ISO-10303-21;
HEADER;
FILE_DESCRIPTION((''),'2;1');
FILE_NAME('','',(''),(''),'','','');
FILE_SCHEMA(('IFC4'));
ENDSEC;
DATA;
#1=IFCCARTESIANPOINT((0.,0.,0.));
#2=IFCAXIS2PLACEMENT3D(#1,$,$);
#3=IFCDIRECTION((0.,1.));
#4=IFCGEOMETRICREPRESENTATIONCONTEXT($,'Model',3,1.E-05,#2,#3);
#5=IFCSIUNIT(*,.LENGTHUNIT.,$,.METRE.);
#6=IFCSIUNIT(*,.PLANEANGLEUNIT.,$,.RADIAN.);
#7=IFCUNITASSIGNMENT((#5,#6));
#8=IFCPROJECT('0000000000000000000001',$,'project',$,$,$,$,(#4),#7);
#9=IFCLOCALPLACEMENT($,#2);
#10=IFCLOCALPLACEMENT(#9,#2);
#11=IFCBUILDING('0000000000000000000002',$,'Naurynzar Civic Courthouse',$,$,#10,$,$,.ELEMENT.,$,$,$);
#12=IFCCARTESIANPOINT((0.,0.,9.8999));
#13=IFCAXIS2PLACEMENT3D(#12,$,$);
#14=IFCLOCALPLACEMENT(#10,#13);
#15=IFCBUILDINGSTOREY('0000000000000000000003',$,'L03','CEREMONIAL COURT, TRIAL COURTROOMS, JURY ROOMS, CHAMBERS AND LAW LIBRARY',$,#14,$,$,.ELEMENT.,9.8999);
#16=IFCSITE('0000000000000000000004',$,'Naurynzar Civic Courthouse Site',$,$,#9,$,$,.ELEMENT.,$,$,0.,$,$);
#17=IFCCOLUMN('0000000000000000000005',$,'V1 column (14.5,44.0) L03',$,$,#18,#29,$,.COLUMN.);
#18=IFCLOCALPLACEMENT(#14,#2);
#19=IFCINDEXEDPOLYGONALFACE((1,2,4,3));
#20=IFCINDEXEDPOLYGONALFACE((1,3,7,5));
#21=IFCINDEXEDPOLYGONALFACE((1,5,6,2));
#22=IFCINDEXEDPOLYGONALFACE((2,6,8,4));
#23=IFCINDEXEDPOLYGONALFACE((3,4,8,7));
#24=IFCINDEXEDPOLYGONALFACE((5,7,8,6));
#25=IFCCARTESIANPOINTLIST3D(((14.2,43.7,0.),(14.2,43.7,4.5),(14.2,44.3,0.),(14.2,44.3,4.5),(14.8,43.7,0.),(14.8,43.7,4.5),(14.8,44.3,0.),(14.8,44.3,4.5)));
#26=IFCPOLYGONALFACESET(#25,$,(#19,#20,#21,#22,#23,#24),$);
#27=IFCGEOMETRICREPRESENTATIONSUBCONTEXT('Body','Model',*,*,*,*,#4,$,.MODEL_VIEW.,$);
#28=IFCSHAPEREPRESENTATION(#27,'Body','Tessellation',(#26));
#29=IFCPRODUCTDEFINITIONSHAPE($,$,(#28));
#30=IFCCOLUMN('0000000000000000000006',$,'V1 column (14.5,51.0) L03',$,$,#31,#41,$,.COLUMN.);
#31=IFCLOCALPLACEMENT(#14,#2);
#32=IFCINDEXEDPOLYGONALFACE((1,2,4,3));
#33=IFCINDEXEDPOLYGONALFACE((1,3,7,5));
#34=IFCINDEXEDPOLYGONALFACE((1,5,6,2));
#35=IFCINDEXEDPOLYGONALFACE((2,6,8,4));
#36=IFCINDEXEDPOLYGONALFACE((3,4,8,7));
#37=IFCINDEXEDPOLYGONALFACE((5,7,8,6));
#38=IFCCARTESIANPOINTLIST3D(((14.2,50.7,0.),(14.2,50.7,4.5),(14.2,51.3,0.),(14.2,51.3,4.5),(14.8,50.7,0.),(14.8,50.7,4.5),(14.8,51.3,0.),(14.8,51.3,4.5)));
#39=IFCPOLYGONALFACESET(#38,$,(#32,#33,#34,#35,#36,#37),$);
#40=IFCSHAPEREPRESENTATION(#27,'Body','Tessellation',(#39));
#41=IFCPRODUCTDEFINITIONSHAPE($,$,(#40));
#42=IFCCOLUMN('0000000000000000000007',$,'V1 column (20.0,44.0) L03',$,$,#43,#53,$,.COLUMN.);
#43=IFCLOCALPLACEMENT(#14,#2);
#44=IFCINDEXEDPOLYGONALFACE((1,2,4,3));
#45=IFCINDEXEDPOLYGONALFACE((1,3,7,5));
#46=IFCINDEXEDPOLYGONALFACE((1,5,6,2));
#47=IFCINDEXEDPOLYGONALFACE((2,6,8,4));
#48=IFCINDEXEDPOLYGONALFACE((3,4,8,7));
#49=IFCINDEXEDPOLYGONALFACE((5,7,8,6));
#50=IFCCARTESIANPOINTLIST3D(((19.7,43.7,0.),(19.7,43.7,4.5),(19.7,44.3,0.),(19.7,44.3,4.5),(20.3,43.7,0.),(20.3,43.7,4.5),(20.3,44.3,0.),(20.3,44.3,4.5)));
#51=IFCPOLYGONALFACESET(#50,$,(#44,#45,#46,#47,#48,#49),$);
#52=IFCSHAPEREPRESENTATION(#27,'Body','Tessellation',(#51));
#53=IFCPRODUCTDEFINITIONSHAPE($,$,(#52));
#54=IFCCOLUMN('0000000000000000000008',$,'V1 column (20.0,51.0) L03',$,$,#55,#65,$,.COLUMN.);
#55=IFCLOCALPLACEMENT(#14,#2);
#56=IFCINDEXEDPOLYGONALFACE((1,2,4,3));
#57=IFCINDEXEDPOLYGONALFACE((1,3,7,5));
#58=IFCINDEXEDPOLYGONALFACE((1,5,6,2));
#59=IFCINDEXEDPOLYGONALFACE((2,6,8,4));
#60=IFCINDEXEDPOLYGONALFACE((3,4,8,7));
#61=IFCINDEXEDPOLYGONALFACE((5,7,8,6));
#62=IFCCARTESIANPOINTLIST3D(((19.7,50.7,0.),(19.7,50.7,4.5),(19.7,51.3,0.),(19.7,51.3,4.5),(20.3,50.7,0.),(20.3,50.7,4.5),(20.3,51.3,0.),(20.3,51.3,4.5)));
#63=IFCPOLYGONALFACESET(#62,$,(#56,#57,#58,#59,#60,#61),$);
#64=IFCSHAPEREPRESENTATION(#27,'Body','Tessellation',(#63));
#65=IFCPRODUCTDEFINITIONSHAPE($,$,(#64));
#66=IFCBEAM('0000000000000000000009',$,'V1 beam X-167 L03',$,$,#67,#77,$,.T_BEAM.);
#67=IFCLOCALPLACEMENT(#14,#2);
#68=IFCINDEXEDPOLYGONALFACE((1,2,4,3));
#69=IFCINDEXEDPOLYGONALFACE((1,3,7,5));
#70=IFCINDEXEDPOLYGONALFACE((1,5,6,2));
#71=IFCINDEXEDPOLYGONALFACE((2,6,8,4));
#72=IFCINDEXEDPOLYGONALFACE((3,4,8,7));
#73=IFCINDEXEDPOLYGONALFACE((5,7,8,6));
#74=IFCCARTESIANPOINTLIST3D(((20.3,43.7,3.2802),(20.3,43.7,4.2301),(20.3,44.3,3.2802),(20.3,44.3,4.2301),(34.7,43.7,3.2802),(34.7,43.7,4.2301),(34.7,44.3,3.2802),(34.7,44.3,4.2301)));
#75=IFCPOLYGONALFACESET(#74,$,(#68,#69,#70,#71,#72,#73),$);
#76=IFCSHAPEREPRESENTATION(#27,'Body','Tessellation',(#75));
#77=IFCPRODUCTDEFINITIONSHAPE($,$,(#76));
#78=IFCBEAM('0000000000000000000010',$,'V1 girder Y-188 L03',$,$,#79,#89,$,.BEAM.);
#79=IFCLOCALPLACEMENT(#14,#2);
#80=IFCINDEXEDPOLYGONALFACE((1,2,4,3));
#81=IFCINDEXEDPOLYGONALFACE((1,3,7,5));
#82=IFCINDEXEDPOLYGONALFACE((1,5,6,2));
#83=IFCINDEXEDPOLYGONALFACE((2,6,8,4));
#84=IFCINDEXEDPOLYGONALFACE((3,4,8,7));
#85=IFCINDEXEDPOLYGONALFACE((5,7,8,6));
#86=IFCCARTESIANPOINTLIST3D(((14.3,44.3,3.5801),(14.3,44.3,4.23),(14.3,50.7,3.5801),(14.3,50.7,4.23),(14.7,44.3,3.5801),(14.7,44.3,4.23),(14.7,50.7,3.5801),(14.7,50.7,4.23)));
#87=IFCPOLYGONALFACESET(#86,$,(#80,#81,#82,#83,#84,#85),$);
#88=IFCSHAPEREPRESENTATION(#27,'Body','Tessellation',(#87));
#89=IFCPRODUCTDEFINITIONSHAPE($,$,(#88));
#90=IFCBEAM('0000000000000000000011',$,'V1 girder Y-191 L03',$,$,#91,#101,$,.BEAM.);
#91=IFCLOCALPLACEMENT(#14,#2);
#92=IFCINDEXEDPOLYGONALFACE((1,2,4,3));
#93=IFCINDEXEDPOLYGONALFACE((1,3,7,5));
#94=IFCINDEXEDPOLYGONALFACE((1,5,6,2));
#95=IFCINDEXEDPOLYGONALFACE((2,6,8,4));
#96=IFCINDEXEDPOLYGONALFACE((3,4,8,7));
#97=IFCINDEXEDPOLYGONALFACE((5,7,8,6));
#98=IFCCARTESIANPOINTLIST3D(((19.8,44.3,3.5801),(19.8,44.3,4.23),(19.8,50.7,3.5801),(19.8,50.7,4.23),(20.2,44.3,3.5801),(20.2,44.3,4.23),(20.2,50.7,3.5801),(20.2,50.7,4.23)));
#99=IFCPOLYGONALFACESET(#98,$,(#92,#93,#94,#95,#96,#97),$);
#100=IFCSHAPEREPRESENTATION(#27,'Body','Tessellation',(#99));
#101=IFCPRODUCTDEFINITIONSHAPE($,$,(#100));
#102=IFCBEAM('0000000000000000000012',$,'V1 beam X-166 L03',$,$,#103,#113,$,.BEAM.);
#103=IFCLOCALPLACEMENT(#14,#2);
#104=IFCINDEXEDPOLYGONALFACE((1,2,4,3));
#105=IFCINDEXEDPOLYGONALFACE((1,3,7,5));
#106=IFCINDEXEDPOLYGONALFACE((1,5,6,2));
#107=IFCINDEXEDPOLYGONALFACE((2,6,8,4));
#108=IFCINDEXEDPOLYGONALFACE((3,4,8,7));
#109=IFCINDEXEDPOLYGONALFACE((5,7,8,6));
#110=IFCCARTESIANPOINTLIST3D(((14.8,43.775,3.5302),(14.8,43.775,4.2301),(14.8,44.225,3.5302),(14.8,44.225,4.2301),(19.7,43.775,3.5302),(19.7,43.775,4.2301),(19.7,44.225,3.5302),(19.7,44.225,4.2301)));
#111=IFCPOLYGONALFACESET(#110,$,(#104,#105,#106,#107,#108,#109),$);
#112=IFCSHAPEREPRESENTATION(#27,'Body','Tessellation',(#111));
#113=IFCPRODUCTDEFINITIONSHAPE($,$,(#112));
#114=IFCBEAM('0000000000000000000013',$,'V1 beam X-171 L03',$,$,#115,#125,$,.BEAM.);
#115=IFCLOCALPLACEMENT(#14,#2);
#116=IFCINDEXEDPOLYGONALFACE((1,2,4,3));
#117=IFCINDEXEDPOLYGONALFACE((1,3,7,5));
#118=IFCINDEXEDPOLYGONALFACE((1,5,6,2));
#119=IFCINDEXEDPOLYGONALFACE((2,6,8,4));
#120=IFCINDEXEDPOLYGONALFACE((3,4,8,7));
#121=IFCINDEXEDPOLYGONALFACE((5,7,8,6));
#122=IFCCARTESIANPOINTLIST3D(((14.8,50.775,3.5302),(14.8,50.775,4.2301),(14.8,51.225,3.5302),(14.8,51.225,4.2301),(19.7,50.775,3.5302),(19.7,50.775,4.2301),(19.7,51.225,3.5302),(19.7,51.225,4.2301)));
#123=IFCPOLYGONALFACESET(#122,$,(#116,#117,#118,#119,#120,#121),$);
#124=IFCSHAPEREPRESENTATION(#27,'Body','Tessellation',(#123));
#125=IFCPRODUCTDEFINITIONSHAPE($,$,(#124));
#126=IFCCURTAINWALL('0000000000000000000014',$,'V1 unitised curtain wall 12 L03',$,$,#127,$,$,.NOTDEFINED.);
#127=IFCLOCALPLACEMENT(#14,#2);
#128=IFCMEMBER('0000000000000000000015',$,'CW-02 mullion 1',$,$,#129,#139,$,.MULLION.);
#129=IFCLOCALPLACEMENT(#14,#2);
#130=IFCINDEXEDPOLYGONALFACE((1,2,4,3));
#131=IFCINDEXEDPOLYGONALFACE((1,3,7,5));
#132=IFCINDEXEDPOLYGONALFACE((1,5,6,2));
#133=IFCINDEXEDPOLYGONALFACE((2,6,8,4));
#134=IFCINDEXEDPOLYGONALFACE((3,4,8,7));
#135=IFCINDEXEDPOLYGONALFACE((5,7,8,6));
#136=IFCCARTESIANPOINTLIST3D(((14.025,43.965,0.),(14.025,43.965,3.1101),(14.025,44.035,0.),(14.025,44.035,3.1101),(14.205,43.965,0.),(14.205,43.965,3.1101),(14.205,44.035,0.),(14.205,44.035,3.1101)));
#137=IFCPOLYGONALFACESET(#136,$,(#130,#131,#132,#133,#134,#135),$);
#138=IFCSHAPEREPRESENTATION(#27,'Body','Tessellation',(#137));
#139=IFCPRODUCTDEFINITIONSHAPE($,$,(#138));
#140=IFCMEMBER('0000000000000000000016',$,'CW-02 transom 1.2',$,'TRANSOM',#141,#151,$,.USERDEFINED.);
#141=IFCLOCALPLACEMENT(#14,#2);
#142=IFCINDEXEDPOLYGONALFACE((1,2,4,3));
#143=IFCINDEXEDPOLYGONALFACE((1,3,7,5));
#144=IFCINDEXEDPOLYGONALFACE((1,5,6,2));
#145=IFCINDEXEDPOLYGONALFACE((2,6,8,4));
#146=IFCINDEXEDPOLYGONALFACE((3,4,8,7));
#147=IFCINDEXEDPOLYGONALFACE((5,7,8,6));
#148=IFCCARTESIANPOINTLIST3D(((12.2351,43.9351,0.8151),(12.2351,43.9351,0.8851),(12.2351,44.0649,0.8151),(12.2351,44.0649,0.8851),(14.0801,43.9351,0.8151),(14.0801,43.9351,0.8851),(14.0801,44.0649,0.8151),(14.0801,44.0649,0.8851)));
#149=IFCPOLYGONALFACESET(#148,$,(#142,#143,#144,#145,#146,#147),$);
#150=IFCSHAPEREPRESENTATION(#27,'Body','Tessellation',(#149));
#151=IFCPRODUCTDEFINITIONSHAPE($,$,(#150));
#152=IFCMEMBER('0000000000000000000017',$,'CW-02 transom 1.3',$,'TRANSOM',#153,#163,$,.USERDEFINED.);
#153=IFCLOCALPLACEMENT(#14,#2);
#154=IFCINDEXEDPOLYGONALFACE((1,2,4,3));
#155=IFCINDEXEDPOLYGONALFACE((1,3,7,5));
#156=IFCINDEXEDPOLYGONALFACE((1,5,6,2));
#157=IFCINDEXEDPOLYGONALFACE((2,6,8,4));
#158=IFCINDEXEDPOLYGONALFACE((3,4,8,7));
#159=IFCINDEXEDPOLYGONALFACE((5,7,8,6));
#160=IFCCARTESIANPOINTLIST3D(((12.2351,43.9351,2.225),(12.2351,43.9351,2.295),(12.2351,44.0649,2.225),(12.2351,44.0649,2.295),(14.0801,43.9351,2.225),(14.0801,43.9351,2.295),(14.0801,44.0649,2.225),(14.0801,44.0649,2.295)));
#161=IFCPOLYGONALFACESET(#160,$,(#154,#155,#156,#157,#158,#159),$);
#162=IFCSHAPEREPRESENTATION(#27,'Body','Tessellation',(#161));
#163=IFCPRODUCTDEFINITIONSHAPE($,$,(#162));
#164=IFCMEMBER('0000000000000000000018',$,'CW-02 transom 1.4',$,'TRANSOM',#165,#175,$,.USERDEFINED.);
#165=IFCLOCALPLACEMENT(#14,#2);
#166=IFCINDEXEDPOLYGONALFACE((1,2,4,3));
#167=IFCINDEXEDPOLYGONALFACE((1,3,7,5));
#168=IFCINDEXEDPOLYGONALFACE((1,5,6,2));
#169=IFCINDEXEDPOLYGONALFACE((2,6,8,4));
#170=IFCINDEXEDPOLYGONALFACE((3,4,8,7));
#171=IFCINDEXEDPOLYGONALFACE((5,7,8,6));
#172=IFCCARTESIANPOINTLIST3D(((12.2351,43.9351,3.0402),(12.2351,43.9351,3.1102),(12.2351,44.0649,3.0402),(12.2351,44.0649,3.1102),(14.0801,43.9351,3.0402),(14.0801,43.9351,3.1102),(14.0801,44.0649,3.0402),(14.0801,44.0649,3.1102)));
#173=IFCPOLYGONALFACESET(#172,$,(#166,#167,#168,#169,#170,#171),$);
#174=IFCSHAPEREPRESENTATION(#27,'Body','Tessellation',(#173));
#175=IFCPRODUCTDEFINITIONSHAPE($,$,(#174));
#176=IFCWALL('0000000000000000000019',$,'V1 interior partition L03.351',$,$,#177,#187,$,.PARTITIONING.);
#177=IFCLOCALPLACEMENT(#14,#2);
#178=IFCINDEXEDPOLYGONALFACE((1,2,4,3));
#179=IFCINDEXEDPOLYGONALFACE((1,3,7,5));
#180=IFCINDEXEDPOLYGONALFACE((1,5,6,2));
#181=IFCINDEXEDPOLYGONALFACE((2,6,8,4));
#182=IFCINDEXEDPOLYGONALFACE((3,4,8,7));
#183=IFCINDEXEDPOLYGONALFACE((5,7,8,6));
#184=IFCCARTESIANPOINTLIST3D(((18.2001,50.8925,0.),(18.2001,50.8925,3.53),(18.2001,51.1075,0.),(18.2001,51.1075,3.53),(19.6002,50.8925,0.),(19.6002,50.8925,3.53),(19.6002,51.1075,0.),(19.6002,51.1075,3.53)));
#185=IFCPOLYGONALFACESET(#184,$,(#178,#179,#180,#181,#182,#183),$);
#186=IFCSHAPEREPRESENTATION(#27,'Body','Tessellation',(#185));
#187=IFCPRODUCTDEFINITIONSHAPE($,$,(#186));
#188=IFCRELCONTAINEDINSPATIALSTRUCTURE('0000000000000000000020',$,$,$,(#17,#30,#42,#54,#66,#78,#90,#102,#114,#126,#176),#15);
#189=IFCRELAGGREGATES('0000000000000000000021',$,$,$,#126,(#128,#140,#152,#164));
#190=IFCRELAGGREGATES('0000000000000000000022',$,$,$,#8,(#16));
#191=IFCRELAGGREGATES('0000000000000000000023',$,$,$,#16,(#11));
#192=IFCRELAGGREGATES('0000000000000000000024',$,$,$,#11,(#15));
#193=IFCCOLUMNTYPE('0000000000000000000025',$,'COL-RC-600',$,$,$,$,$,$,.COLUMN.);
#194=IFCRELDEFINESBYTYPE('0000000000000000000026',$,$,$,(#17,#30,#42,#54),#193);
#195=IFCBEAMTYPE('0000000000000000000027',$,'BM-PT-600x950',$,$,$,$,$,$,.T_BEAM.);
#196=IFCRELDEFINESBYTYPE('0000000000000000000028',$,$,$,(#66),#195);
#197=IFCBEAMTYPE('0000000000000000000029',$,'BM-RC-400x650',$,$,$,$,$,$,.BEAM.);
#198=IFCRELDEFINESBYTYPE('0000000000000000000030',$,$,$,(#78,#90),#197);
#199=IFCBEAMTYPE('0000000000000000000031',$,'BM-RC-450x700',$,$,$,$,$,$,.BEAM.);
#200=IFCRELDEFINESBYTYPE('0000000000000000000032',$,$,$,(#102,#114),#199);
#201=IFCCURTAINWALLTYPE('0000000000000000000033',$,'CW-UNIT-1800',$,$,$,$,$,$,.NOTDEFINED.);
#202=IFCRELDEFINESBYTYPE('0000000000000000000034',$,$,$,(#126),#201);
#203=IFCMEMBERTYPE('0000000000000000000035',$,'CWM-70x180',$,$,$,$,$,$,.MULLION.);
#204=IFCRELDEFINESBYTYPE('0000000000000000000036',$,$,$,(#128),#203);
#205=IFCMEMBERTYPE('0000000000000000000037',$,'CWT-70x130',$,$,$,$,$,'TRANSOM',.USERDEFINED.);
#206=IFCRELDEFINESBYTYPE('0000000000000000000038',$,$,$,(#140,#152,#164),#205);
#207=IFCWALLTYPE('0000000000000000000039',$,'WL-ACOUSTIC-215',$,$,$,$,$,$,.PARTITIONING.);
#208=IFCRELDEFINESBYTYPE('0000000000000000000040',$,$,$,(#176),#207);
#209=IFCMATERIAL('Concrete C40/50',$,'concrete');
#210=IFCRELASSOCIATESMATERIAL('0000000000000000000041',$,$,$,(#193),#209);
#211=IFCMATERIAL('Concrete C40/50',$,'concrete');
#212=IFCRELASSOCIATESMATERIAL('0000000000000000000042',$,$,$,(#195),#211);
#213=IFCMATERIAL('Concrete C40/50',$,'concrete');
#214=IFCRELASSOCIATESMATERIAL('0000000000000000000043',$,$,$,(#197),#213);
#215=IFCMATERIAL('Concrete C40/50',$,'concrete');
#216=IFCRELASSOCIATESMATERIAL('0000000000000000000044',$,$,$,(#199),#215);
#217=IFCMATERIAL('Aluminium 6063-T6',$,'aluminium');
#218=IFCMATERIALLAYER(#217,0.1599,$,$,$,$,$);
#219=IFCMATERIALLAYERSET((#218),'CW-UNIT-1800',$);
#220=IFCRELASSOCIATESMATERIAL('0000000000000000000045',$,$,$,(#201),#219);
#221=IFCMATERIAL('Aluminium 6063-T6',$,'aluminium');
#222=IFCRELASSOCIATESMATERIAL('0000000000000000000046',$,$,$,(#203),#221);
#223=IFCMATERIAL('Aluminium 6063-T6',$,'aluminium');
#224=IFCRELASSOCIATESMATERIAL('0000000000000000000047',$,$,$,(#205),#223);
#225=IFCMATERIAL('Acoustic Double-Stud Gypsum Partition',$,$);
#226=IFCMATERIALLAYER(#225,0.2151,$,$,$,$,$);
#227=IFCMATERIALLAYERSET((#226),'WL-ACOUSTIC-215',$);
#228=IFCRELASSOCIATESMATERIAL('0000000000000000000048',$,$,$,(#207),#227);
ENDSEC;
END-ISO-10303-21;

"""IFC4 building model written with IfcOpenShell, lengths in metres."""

from ifc_helpers import new_model, si_unit, direction, frame, frame_2d, origin, origin_2d, place, context, subcontext, project, spatial, rectangle, extrude, material, layer, layer_set, material_profile, profile_set, type_object, element, aggregate, save


model = new_model("IFC4")

# Units and contexts
model_context = context("Model", 3, precision=1e-05, world=origin(), true_north=direction((0.0, 1.0)))
body_context = subcontext(model_context, "Body", "Model", "MODEL_VIEW")
ifc_project = project(units=[si_unit("LENGTHUNIT", "METRE"), si_unit("PLANEANGLEUNIT", "RADIAN")], contexts=[model_context])

# Site, building, storey
site_placement = place(None, origin())
site = spatial("IfcSite", under=ifc_project, at=site_placement, Name="Naurynzar Civic Courthouse Site", CompositionType="ELEMENT", RefElevation=0.0)
building_placement = place(site_placement, origin())
building = spatial("IfcBuilding", under=site, at=building_placement, Name="Naurynzar Civic Courthouse", CompositionType="ELEMENT")
storey_placement = place(building_placement, frame((0.0, 0.0, 9.8999)))
storey = spatial("IfcBuildingStorey", under=building, at=storey_placement, Name="L03", Description="CEREMONIAL COURT, TRIAL COURTROOMS, JURY ROOMS, CHAMBERS AND LAW LIBRARY", CompositionType="ELEMENT", Elevation=9.8999)

# Columns
ifc_material_1 = material(Name="Concrete C40/50", Category="concrete")
ifc_material_profile_1 = material_profile(ifc_material_1, rectangle(XDim=0.6001, YDim=0.6001, at=origin_2d()), Name="RC 600x600")
ifc_profile_set_1 = profile_set([ifc_material_profile_1], Name="Concrete C40/50")
column_type = type_object("IfcColumnType", Name="COL-RC-600", PredefinedType="COLUMN", material=ifc_profile_set_1)
for number, where, z_axis, x_axis, name in (
    (1, (14.5, 44.0, 0.0), (0.0, 0.0, 1.0), (1.0, 0.0, 0.0), "V1 column (14.5,44.0) L03"),
    (2, (14.5, 51.0, 0.0), (0.0, 0.0, 1.0), (1.0, 0.0, 0.0), "V1 column (14.5,51.0) L03"),
    (3, (20.0, 44.0, 0.0), (0.0, 0.0, 1.0), (1.0, 0.0, 0.0), "V1 column (20.0,44.0) L03"),
    (4, (20.0, 51.0, 0.0), (0.0, 0.0, 1.0), (1.0, 0.0, 0.0), "V1 column (20.0,51.0) L03"),
):
    element("IfcColumn", number, at=place(storey_placement, frame(where, z_axis=z_axis, x_axis=x_axis)), inside=storey, type_object=column_type, Name=name, PredefinedType="COLUMN", context=body_context, shape_type="SweptSolid", body=[
        extrude(rectangle(XDim=0.6001, YDim=0.6001, at=origin_2d()), origin(), (0.0, 0.0, 1.0), 4.5),
    ])

# Beams
ifc_material_2 = material(Name="Concrete C40/50", Category="concrete")
ifc_material_profile_2 = material_profile(ifc_material_2, rectangle(XDim=0.6001, YDim=0.95, at=origin_2d()), Name="PTB 600x950")
ifc_profile_set_2 = profile_set([ifc_material_profile_2], Name="Concrete C40/50")
beam_type_1 = type_object("IfcBeamType", Name="BM-PT-600x950", PredefinedType="T_BEAM", material=ifc_profile_set_2)
beam_placement = place(storey_placement, frame((20.3, 44.0, 3.7551), z_axis=(1.0, 0.0, 0.0), x_axis=(0.0, 1.0, 0.0)))
element("IfcBeam", 5, at=beam_placement, inside=storey, type_object=beam_type_1, Name="V1 beam X-167 L03", PredefinedType="T_BEAM", context=body_context, shape_type="SweptSolid", body=[
    extrude(rectangle(XDim=0.6001, YDim=0.95, at=origin_2d()), origin(), (0.0, 0.0, 1.0), 14.3999),
])
ifc_material_3 = material(Name="Concrete C40/50", Category="concrete")
ifc_material_profile_3 = material_profile(ifc_material_3, rectangle(XDim=0.3999, YDim=0.6499, at=origin_2d()), Name="RCB 400x650")
ifc_profile_set_3 = profile_set([ifc_material_profile_3], Name="Concrete C40/50")
beam_type_2 = type_object("IfcBeamType", Name="BM-RC-400x650", PredefinedType="BEAM", material=ifc_profile_set_3)
for number, where, z_axis, x_axis, name in (
    (6, (14.5, 44.3, 3.905), (0.0, 1.0, 0.0), (-1.0, 0.0, 0.0), "V1 girder Y-188 L03"),
    (7, (20.0, 44.3, 3.905), (0.0, 1.0, 0.0), (-1.0, 0.0, 0.0), "V1 girder Y-191 L03"),
):
    element("IfcBeam", number, at=place(storey_placement, frame(where, z_axis=z_axis, x_axis=x_axis)), inside=storey, type_object=beam_type_2, Name=name, PredefinedType="BEAM", context=body_context, shape_type="SweptSolid", body=[
        extrude(rectangle(XDim=0.3999, YDim=0.6499, at=origin_2d()), origin(), (0.0, 0.0, 1.0), 6.3999),
    ])
ifc_material_4 = material(Name="Concrete C40/50", Category="concrete")
ifc_material_profile_4 = material_profile(ifc_material_4, rectangle(XDim=0.45, YDim=0.7, at=origin_2d()), Name="RCB 450x700")
ifc_profile_set_4 = profile_set([ifc_material_profile_4], Name="Concrete C40/50")
beam_type_3 = type_object("IfcBeamType", Name="BM-RC-450x700", PredefinedType="BEAM", material=ifc_profile_set_4)
for number, where, z_axis, x_axis, name in (
    (8, (14.8, 44.0, 3.8801), (1.0, 0.0, 0.0), (0.0, 1.0, 0.0), "V1 beam X-166 L03"),
    (9, (14.8, 51.0, 3.8801), (1.0, 0.0, 0.0), (0.0, 1.0, 0.0), "V1 beam X-171 L03"),
):
    element("IfcBeam", number, at=place(storey_placement, frame(where, z_axis=z_axis, x_axis=x_axis)), inside=storey, type_object=beam_type_3, Name=name, PredefinedType="BEAM", context=body_context, shape_type="SweptSolid", body=[
        extrude(rectangle(XDim=0.45, YDim=0.7, at=origin_2d()), origin(), (0.0, 0.0, 1.0), 4.8999),
    ])

# Curtain wall, members
ifc_material_5 = material(Name="Aluminium 6063-T6", Category="aluminium")
ifc_layer_1 = layer(ifc_material_5, 0.1599)
ifc_layer_set_1 = layer_set([ifc_layer_1], Name="CW-UNIT-1800")
curtain_wall_type = type_object("IfcCurtainWallType", Name="CW-UNIT-1800", PredefinedType="NOTDEFINED", material=ifc_layer_set_1)
curtain_wall_placement = place(storey_placement, origin())
curtain_wall = element("IfcCurtainWall", 10, at=curtain_wall_placement, inside=storey, type_object=curtain_wall_type, Name="V1 unitised curtain wall 12 L03", PredefinedType="NOTDEFINED")
ifc_material_6 = material(Name="Aluminium 6063-T6", Category="aluminium")
ifc_material_profile_5 = material_profile(ifc_material_6, rectangle(XDim=0.0701, YDim=0.1799, at=origin_2d()), Name="ALU MULLION 70x180")
ifc_profile_set_5 = profile_set([ifc_material_profile_5], Name="Aluminium 6063-T6")
member_type_1 = type_object("IfcMemberType", Name="CWM-70x180", PredefinedType="MULLION", material=ifc_profile_set_5)
member_1_placement = place(storey_placement, frame((14.115, 44.0, 0.0), z_axis=(0.0, 0.0, 1.0), x_axis=(0.0, -1.0, 0.0)))
member_1 = element("IfcMember", 11, at=member_1_placement, type_object=member_type_1, Name="CW-02 mullion 1", PredefinedType="MULLION", context=body_context, shape_type="SweptSolid", body=[
    extrude(rectangle(XDim=0.0701, YDim=0.1799, at=origin_2d()), origin(), (0.0, 0.0, 1.0), 3.1101),
])
ifc_material_7 = material(Name="Aluminium 6063-T6", Category="aluminium")
ifc_material_profile_6 = material_profile(ifc_material_7, rectangle(XDim=0.1299, YDim=0.0701, at=origin_2d()), Name="ALU TRANSOM 70x130")
ifc_profile_set_6 = profile_set([ifc_material_profile_6], Name="Aluminium 6063-T6")
member_type_2 = type_object("IfcMemberType", Name="CWT-70x130", ElementType="TRANSOM", PredefinedType="USERDEFINED", material=ifc_profile_set_6)
member_2_placement = place(storey_placement, frame((14.0801, 44.0, 0.8501), z_axis=(-1.0, 0.0, 0.0), x_axis=(0.0, -1.0, 0.0)))
member_2 = element("IfcMember", 12, at=member_2_placement, type_object=member_type_2, Name="CW-02 transom 1.2", ObjectType="TRANSOM", PredefinedType="USERDEFINED", context=body_context, shape_type="SweptSolid", body=[
    extrude(rectangle(XDim=0.1299, YDim=0.0701, at=origin_2d()), origin(), (0.0, 0.0, 1.0), 1.845),
])
member_3_placement = place(storey_placement, frame((14.0801, 44.0, 2.26), z_axis=(-1.0, 0.0, 0.0), x_axis=(0.0, -1.0, 0.0)))
member_3 = element("IfcMember", 13, at=member_3_placement, type_object=member_type_2, Name="CW-02 transom 1.3", ObjectType="TRANSOM", PredefinedType="USERDEFINED", context=body_context, shape_type="SweptSolid", body=[
    extrude(rectangle(XDim=0.1299, YDim=0.0701, at=origin_2d()), origin(), (0.0, 0.0, 1.0), 1.845),
])
member_4_placement = place(storey_placement, frame((14.0801, 44.0, 3.0752), z_axis=(-1.0, 0.0, 0.0), x_axis=(0.0, -1.0, 0.0)))
member_4 = element("IfcMember", 14, at=member_4_placement, type_object=member_type_2, Name="CW-02 transom 1.4", ObjectType="TRANSOM", PredefinedType="USERDEFINED", context=body_context, shape_type="SweptSolid", body=[
    extrude(rectangle(XDim=0.1299, YDim=0.0701, at=origin_2d()), origin(), (0.0, 0.0, 1.0), 1.845),
])
aggregate(curtain_wall, [member_1, member_2, member_3, member_4])

# Wall
ifc_material_8 = material(Name="Acoustic Double-Stud Gypsum Partition")
ifc_layer_2 = layer(ifc_material_8, 0.2151)
ifc_layer_set_2 = layer_set([ifc_layer_2], Name="WL-ACOUSTIC-215")
wall_type_1 = type_object("IfcWallType", Name="WL-ACOUSTIC-215", PredefinedType="PARTITIONING", material=ifc_layer_set_2)
wall_1_placement = place(storey_placement, frame((18.2, 51.0, 0.0), z_axis=(0.0, 0.0, 1.0), x_axis=(1.0, 0.0, 0.0)))
element("IfcWall", 15, at=wall_1_placement, inside=storey, type_object=wall_type_1, Name="V1 interior partition L03.351", PredefinedType="PARTITIONING", context=body_context, shape_type="SweptSolid", body=[
    extrude(rectangle(XDim=1.4001, YDim=0.2151, at=frame_2d((0.7002, 0.0))), origin(), (0.0, 0.0, 1.0), 3.53),
])

save(model, "model.ifc")
